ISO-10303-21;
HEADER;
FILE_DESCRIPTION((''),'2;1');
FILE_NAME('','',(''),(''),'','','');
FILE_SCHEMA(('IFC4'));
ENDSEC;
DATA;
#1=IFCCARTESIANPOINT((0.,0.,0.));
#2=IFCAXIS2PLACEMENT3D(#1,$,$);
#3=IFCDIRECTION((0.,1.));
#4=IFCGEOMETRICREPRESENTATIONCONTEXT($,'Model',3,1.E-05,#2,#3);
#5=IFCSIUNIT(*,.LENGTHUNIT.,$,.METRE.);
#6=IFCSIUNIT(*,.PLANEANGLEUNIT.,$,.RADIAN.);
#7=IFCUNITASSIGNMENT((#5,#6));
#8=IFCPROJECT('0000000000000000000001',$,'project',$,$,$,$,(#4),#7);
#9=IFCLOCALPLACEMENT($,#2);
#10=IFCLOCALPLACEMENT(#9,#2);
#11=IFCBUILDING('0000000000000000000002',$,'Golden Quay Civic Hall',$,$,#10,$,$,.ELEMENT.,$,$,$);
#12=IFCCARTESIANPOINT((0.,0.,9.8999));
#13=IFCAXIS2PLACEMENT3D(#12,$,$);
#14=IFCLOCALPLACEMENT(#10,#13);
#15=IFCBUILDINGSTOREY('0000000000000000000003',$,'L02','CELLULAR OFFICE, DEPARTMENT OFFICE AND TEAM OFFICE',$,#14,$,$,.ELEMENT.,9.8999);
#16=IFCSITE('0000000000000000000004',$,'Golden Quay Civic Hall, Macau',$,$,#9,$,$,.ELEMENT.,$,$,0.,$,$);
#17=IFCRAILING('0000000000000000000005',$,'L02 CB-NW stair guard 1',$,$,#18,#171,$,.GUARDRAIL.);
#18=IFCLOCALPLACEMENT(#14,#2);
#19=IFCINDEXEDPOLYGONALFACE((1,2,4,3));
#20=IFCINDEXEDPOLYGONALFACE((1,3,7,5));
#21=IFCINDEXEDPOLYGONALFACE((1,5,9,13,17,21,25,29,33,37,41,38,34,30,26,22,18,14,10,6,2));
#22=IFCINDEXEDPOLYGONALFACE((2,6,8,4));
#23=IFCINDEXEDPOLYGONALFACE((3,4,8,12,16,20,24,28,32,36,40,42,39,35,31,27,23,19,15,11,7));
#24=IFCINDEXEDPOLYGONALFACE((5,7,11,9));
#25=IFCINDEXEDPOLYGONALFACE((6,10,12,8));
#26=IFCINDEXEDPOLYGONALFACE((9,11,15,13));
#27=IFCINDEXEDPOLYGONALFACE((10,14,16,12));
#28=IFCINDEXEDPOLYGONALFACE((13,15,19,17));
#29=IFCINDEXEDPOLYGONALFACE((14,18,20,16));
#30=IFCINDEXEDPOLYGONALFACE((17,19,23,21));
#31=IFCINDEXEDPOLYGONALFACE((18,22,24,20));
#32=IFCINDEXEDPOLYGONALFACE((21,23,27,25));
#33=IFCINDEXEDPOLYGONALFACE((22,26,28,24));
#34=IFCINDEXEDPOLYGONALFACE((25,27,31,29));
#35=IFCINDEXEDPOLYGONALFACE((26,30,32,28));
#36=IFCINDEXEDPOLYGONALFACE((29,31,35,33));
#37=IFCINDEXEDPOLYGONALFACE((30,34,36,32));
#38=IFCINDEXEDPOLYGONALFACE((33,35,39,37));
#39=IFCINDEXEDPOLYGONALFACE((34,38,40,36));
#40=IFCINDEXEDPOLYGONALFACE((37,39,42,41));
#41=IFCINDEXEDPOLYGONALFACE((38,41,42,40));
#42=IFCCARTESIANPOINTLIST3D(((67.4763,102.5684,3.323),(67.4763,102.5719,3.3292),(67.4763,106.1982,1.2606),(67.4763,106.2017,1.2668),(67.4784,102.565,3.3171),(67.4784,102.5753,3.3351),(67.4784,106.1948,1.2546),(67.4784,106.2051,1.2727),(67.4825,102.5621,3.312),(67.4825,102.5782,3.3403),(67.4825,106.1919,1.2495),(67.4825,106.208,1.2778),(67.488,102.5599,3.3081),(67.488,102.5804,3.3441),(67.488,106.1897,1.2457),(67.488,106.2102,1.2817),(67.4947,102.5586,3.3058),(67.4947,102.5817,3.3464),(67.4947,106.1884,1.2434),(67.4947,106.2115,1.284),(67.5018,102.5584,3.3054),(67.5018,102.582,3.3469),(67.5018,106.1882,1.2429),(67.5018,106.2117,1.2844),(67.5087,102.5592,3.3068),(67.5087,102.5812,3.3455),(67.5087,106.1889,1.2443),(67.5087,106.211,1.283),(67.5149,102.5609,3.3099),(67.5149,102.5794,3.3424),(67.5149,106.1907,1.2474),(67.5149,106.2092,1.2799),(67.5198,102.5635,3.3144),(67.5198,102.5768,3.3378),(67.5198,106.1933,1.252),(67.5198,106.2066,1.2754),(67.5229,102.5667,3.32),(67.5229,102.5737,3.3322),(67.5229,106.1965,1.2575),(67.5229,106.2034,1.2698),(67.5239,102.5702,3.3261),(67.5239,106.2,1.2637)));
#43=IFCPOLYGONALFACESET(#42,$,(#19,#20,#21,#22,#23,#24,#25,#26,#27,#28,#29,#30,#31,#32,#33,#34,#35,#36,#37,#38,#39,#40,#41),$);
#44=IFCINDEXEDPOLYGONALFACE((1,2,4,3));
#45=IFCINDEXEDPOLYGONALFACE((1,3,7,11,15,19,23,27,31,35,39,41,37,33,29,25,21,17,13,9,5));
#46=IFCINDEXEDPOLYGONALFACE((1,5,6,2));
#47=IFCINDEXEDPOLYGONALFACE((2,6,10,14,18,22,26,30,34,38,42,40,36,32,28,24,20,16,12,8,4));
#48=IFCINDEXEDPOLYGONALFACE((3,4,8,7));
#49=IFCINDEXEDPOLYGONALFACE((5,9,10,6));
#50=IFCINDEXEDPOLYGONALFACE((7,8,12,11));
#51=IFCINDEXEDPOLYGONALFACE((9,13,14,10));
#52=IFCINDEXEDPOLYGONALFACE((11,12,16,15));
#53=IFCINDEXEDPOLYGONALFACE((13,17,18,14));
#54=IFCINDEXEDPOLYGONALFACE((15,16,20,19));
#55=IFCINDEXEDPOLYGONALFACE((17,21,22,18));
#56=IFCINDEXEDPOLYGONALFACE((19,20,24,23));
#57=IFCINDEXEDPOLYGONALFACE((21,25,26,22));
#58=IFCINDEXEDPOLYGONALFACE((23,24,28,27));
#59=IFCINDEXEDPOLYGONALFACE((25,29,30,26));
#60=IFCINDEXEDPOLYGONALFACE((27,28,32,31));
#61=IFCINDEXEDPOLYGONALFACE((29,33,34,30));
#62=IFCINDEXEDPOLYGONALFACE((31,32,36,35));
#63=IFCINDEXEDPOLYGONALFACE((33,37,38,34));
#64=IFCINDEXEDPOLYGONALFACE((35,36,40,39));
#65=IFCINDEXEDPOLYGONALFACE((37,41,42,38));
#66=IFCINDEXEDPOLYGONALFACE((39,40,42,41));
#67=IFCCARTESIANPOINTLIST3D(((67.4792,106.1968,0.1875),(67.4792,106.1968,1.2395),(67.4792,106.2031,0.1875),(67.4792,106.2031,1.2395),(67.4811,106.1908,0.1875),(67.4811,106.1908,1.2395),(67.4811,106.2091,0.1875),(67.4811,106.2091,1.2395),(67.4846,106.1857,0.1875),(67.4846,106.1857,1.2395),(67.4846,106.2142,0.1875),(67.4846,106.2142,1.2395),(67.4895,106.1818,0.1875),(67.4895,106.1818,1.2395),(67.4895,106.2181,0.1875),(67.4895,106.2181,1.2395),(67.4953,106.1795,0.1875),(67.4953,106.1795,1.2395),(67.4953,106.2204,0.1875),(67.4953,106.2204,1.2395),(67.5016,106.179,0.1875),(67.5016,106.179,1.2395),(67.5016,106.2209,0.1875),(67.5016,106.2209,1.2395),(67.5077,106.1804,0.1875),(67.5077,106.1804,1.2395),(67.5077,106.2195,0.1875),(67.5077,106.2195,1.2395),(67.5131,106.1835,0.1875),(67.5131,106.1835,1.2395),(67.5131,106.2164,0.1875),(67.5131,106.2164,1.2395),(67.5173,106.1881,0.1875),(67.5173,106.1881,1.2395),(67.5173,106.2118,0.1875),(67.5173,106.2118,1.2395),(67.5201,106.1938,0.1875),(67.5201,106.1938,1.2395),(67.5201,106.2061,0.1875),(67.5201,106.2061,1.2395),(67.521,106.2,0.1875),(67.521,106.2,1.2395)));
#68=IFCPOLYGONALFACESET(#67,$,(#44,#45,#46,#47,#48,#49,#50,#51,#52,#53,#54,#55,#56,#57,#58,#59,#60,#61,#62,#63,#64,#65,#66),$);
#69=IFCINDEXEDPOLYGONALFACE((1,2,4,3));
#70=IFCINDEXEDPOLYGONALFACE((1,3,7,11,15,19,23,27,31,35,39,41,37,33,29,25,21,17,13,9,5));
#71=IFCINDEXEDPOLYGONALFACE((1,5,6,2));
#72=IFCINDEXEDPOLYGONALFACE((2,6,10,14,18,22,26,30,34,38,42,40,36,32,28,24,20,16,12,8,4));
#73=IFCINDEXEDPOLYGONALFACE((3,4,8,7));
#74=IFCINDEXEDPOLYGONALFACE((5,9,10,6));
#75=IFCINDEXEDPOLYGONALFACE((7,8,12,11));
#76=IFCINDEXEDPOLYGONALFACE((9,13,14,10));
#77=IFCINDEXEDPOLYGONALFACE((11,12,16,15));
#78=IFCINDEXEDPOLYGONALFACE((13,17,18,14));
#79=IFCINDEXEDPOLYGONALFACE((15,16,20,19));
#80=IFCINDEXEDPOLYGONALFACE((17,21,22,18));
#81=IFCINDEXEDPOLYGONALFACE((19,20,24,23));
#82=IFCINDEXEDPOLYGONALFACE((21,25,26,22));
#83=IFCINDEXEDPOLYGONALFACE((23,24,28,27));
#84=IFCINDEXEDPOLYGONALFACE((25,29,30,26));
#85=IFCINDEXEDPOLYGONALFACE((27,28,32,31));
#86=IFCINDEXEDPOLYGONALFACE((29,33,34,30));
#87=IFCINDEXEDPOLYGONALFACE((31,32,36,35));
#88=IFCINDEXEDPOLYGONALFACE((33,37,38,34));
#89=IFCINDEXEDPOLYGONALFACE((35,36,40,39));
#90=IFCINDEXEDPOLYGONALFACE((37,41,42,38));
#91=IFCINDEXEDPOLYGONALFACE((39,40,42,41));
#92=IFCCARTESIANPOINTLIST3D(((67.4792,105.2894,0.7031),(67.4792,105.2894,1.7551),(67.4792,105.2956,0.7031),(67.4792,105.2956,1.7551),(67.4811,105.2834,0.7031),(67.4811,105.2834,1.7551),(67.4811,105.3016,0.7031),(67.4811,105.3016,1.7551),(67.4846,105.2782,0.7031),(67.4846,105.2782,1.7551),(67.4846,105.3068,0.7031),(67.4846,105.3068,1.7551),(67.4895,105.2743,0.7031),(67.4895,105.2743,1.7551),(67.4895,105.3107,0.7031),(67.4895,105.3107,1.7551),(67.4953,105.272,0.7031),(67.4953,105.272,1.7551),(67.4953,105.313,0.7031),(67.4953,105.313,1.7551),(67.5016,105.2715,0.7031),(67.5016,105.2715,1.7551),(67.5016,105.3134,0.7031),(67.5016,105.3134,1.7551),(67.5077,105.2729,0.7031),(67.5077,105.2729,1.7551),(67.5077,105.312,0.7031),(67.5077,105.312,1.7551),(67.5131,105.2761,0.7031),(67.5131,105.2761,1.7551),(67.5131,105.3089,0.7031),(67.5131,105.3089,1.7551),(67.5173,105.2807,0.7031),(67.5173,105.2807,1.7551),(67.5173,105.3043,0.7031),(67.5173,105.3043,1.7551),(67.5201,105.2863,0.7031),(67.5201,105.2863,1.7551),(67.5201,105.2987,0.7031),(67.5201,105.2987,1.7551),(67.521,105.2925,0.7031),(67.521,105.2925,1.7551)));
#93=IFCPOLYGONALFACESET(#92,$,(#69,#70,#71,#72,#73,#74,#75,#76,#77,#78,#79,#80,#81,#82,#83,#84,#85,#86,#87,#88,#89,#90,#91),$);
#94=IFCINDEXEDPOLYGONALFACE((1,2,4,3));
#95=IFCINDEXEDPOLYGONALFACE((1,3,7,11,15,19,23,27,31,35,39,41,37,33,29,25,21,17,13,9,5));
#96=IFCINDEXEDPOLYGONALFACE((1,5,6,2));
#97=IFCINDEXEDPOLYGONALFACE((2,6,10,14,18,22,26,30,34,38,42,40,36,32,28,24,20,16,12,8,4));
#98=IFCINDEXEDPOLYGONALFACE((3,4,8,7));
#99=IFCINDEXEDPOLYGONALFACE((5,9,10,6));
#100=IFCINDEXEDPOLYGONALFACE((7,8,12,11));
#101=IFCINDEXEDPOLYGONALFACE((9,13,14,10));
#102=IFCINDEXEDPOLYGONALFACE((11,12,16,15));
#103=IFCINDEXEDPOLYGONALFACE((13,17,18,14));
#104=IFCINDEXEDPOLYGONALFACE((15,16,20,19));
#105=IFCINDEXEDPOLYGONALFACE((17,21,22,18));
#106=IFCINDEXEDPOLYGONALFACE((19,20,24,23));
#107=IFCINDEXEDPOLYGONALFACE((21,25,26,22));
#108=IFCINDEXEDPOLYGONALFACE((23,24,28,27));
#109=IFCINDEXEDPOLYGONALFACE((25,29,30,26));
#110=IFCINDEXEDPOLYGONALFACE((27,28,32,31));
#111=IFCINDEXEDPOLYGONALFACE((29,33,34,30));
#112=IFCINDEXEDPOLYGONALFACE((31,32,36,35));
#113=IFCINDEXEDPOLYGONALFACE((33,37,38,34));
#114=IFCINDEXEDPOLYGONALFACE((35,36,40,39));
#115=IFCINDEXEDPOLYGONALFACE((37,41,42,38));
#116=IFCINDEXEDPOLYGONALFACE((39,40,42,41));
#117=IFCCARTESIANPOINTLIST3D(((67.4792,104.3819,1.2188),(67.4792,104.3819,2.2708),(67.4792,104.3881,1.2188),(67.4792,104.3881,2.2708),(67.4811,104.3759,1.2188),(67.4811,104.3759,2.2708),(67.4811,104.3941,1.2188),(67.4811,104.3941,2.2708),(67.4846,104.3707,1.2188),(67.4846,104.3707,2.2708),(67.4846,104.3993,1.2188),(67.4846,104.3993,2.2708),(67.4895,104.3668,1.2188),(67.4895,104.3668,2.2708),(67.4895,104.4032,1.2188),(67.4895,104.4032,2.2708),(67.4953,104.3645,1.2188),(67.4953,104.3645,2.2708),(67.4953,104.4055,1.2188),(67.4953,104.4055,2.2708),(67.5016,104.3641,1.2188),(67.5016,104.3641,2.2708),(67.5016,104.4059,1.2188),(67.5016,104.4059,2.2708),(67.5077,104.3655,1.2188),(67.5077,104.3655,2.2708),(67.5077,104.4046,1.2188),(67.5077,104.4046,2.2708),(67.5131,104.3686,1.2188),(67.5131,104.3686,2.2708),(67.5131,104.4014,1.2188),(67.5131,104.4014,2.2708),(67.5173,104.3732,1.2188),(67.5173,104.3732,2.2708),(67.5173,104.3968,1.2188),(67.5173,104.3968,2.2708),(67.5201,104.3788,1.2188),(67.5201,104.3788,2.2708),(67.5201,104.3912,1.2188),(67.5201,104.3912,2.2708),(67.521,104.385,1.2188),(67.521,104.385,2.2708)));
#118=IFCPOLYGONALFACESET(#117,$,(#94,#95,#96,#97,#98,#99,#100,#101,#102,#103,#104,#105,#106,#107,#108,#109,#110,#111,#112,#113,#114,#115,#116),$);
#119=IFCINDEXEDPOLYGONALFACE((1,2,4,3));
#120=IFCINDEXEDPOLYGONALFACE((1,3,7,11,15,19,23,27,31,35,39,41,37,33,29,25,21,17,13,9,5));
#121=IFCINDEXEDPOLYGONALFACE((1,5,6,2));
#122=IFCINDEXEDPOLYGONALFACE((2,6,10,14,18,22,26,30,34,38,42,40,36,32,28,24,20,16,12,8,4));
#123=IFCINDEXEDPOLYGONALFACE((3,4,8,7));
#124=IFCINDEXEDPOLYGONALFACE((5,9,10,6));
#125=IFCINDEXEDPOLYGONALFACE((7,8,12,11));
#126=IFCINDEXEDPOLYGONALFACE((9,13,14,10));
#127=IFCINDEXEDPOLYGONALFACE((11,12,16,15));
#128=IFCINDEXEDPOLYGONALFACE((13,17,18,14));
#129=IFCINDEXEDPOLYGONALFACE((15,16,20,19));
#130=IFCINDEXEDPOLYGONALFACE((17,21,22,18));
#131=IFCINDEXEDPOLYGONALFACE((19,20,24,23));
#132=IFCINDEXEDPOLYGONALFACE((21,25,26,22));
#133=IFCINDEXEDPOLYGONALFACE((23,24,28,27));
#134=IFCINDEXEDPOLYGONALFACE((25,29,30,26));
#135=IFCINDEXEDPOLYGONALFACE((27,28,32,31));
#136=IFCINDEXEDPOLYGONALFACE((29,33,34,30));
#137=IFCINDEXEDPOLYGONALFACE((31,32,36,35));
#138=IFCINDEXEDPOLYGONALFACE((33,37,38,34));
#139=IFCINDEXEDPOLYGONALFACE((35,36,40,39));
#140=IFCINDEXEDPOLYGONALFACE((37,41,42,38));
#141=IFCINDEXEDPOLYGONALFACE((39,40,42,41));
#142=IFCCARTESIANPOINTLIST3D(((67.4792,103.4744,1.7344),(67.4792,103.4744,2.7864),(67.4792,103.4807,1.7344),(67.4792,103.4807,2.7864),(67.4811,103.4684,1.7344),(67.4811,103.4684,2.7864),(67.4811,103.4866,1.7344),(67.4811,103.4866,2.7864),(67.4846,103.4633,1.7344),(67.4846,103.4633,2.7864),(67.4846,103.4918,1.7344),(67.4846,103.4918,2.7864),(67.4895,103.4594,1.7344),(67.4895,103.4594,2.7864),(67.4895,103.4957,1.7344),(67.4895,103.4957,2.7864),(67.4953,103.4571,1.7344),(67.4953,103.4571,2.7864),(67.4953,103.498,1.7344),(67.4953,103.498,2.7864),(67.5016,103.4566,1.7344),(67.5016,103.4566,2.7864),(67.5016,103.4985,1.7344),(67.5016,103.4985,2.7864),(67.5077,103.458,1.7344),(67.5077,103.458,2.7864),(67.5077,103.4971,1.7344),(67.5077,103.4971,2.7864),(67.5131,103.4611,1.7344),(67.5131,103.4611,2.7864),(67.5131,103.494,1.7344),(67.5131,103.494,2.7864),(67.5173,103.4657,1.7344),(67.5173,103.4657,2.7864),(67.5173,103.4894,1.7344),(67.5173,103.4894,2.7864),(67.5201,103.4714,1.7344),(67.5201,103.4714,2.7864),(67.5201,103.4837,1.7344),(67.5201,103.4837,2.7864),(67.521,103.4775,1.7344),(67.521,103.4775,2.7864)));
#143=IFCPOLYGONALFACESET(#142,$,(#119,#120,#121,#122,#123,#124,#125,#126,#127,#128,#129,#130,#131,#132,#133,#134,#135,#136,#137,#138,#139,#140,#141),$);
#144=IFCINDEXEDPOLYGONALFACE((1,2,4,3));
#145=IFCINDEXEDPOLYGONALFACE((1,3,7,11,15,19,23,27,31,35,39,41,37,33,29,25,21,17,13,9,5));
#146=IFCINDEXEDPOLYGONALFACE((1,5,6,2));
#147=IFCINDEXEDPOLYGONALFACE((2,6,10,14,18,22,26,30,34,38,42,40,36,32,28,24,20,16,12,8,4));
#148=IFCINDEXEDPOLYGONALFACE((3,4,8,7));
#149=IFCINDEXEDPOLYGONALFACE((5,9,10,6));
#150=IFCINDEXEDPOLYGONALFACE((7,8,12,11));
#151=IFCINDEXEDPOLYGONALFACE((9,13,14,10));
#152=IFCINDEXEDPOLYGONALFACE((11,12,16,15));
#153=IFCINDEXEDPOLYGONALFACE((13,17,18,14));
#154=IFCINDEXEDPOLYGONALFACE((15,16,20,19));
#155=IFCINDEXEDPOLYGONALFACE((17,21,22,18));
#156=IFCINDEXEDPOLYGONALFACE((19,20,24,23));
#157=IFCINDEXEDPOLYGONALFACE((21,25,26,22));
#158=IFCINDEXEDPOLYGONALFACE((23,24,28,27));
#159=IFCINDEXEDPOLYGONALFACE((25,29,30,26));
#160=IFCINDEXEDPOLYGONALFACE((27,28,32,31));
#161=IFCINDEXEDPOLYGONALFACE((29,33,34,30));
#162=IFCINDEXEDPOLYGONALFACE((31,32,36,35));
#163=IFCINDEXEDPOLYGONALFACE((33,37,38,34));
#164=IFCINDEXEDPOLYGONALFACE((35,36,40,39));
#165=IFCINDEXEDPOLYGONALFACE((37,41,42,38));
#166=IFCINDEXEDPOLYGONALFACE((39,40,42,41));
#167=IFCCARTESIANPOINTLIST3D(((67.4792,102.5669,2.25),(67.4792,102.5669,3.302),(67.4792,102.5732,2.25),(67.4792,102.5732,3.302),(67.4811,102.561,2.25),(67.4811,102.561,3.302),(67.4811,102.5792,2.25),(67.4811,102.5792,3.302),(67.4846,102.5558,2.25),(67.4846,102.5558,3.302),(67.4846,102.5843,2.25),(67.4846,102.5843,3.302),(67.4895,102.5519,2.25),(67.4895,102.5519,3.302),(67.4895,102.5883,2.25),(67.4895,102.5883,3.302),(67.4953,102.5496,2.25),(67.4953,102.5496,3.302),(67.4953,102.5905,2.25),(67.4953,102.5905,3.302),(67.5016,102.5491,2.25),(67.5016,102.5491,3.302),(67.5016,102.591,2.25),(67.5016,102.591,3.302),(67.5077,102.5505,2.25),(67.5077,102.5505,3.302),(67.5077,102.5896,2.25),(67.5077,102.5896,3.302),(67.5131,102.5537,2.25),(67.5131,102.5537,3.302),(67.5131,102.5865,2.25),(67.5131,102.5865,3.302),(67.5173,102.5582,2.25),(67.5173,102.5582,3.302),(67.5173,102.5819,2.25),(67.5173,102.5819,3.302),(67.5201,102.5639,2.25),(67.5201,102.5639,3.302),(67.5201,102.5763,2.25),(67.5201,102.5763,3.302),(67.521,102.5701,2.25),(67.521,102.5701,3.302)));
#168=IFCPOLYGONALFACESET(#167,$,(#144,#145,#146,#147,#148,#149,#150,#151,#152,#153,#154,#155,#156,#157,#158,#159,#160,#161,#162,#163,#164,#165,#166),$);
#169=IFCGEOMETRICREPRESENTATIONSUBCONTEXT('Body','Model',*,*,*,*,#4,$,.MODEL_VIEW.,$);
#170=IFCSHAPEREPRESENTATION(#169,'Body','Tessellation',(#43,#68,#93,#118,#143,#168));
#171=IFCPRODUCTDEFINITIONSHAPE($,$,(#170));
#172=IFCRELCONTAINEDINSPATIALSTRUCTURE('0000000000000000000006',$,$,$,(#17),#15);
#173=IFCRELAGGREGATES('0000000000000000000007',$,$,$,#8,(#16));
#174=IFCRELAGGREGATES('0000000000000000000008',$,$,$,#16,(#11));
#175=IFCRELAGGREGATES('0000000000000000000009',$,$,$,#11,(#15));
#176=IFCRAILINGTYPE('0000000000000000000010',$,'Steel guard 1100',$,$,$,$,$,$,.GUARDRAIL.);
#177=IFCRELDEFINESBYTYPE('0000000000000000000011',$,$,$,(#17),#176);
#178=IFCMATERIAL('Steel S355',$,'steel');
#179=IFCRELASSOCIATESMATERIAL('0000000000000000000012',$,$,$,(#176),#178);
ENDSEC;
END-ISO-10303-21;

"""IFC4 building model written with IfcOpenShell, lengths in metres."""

from ifc_helpers import new_model, si_unit, direction, frame, origin, origin_2d, place, context, subcontext, project, spatial, circle, extrude, material, type_object, element, save


model = new_model("IFC4")

# Units and contexts
model_context = context("Model", 3, precision=1e-05, world=origin(), true_north=direction((0.0, 1.0)))
body_context = subcontext(model_context, "Body", "Model", "MODEL_VIEW")
ifc_project = project(units=[si_unit("LENGTHUNIT", "METRE"), si_unit("PLANEANGLEUNIT", "RADIAN")], contexts=[model_context])

# Site, building, storey
site_placement = place(None, origin())
site = spatial("IfcSite", under=ifc_project, at=site_placement, Name="Golden Quay Civic Hall, Macau", CompositionType="ELEMENT", RefElevation=0.0)
building_placement = place(site_placement, origin())
building = spatial("IfcBuilding", under=site, at=building_placement, Name="Golden Quay Civic Hall", CompositionType="ELEMENT")
storey_placement = place(building_placement, frame((0.0, 0.0, 9.8999)))
storey = spatial("IfcBuildingStorey", under=building, at=storey_placement, Name="L02", Description="CELLULAR OFFICE, DEPARTMENT OFFICE AND TEAM OFFICE", CompositionType="ELEMENT", Elevation=9.8999)

# Railing
ifc_material_1 = material(Name="Steel S355", Category="steel")
railing_type = type_object("IfcRailingType", Name="Steel guard 1100", PredefinedType="GUARDRAIL", material=ifc_material_1)
railing_1_placement = place(storey_placement, frame((67.5, 106.2, 0.1875)))
element("IfcRailing", 1, at=railing_1_placement, inside=storey, type_object=railing_type, Name="L02 CB-NW stair guard 1", PredefinedType="GUARDRAIL", context=body_context, shape_type="SweptSolid", body=[
    extrude(circle(Radius=0.0239, at=origin_2d()), frame((0.0, 0.0, 1.0762), z_axis=(0.0, -0.86945, 0.494021), x_axis=(1.0, 0.0, 0.0)), (0.0, 0.0, 1.0), 4.1748),
    extrude(circle(Radius=0.021, at=origin_2d()), origin(), (0.0, 0.0, 1.0), 1.052),
    extrude(circle(Radius=0.021, at=origin_2d()), frame((0.0, -0.9075, 0.5156)), (0.0, 0.0, 1.0), 1.052),
    extrude(circle(Radius=0.021, at=origin_2d()), frame((0.0, -1.8149, 1.0312)), (0.0, 0.0, 1.0), 1.052),
    extrude(circle(Radius=0.021, at=origin_2d()), frame((0.0, -2.7224, 1.5469)), (0.0, 0.0, 1.0), 1.052),
    extrude(circle(Radius=0.021, at=origin_2d()), frame((0.0, -3.6299, 2.0625)), (0.0, 0.0, 1.0), 1.052),
])

save(model, "model.ifc")
